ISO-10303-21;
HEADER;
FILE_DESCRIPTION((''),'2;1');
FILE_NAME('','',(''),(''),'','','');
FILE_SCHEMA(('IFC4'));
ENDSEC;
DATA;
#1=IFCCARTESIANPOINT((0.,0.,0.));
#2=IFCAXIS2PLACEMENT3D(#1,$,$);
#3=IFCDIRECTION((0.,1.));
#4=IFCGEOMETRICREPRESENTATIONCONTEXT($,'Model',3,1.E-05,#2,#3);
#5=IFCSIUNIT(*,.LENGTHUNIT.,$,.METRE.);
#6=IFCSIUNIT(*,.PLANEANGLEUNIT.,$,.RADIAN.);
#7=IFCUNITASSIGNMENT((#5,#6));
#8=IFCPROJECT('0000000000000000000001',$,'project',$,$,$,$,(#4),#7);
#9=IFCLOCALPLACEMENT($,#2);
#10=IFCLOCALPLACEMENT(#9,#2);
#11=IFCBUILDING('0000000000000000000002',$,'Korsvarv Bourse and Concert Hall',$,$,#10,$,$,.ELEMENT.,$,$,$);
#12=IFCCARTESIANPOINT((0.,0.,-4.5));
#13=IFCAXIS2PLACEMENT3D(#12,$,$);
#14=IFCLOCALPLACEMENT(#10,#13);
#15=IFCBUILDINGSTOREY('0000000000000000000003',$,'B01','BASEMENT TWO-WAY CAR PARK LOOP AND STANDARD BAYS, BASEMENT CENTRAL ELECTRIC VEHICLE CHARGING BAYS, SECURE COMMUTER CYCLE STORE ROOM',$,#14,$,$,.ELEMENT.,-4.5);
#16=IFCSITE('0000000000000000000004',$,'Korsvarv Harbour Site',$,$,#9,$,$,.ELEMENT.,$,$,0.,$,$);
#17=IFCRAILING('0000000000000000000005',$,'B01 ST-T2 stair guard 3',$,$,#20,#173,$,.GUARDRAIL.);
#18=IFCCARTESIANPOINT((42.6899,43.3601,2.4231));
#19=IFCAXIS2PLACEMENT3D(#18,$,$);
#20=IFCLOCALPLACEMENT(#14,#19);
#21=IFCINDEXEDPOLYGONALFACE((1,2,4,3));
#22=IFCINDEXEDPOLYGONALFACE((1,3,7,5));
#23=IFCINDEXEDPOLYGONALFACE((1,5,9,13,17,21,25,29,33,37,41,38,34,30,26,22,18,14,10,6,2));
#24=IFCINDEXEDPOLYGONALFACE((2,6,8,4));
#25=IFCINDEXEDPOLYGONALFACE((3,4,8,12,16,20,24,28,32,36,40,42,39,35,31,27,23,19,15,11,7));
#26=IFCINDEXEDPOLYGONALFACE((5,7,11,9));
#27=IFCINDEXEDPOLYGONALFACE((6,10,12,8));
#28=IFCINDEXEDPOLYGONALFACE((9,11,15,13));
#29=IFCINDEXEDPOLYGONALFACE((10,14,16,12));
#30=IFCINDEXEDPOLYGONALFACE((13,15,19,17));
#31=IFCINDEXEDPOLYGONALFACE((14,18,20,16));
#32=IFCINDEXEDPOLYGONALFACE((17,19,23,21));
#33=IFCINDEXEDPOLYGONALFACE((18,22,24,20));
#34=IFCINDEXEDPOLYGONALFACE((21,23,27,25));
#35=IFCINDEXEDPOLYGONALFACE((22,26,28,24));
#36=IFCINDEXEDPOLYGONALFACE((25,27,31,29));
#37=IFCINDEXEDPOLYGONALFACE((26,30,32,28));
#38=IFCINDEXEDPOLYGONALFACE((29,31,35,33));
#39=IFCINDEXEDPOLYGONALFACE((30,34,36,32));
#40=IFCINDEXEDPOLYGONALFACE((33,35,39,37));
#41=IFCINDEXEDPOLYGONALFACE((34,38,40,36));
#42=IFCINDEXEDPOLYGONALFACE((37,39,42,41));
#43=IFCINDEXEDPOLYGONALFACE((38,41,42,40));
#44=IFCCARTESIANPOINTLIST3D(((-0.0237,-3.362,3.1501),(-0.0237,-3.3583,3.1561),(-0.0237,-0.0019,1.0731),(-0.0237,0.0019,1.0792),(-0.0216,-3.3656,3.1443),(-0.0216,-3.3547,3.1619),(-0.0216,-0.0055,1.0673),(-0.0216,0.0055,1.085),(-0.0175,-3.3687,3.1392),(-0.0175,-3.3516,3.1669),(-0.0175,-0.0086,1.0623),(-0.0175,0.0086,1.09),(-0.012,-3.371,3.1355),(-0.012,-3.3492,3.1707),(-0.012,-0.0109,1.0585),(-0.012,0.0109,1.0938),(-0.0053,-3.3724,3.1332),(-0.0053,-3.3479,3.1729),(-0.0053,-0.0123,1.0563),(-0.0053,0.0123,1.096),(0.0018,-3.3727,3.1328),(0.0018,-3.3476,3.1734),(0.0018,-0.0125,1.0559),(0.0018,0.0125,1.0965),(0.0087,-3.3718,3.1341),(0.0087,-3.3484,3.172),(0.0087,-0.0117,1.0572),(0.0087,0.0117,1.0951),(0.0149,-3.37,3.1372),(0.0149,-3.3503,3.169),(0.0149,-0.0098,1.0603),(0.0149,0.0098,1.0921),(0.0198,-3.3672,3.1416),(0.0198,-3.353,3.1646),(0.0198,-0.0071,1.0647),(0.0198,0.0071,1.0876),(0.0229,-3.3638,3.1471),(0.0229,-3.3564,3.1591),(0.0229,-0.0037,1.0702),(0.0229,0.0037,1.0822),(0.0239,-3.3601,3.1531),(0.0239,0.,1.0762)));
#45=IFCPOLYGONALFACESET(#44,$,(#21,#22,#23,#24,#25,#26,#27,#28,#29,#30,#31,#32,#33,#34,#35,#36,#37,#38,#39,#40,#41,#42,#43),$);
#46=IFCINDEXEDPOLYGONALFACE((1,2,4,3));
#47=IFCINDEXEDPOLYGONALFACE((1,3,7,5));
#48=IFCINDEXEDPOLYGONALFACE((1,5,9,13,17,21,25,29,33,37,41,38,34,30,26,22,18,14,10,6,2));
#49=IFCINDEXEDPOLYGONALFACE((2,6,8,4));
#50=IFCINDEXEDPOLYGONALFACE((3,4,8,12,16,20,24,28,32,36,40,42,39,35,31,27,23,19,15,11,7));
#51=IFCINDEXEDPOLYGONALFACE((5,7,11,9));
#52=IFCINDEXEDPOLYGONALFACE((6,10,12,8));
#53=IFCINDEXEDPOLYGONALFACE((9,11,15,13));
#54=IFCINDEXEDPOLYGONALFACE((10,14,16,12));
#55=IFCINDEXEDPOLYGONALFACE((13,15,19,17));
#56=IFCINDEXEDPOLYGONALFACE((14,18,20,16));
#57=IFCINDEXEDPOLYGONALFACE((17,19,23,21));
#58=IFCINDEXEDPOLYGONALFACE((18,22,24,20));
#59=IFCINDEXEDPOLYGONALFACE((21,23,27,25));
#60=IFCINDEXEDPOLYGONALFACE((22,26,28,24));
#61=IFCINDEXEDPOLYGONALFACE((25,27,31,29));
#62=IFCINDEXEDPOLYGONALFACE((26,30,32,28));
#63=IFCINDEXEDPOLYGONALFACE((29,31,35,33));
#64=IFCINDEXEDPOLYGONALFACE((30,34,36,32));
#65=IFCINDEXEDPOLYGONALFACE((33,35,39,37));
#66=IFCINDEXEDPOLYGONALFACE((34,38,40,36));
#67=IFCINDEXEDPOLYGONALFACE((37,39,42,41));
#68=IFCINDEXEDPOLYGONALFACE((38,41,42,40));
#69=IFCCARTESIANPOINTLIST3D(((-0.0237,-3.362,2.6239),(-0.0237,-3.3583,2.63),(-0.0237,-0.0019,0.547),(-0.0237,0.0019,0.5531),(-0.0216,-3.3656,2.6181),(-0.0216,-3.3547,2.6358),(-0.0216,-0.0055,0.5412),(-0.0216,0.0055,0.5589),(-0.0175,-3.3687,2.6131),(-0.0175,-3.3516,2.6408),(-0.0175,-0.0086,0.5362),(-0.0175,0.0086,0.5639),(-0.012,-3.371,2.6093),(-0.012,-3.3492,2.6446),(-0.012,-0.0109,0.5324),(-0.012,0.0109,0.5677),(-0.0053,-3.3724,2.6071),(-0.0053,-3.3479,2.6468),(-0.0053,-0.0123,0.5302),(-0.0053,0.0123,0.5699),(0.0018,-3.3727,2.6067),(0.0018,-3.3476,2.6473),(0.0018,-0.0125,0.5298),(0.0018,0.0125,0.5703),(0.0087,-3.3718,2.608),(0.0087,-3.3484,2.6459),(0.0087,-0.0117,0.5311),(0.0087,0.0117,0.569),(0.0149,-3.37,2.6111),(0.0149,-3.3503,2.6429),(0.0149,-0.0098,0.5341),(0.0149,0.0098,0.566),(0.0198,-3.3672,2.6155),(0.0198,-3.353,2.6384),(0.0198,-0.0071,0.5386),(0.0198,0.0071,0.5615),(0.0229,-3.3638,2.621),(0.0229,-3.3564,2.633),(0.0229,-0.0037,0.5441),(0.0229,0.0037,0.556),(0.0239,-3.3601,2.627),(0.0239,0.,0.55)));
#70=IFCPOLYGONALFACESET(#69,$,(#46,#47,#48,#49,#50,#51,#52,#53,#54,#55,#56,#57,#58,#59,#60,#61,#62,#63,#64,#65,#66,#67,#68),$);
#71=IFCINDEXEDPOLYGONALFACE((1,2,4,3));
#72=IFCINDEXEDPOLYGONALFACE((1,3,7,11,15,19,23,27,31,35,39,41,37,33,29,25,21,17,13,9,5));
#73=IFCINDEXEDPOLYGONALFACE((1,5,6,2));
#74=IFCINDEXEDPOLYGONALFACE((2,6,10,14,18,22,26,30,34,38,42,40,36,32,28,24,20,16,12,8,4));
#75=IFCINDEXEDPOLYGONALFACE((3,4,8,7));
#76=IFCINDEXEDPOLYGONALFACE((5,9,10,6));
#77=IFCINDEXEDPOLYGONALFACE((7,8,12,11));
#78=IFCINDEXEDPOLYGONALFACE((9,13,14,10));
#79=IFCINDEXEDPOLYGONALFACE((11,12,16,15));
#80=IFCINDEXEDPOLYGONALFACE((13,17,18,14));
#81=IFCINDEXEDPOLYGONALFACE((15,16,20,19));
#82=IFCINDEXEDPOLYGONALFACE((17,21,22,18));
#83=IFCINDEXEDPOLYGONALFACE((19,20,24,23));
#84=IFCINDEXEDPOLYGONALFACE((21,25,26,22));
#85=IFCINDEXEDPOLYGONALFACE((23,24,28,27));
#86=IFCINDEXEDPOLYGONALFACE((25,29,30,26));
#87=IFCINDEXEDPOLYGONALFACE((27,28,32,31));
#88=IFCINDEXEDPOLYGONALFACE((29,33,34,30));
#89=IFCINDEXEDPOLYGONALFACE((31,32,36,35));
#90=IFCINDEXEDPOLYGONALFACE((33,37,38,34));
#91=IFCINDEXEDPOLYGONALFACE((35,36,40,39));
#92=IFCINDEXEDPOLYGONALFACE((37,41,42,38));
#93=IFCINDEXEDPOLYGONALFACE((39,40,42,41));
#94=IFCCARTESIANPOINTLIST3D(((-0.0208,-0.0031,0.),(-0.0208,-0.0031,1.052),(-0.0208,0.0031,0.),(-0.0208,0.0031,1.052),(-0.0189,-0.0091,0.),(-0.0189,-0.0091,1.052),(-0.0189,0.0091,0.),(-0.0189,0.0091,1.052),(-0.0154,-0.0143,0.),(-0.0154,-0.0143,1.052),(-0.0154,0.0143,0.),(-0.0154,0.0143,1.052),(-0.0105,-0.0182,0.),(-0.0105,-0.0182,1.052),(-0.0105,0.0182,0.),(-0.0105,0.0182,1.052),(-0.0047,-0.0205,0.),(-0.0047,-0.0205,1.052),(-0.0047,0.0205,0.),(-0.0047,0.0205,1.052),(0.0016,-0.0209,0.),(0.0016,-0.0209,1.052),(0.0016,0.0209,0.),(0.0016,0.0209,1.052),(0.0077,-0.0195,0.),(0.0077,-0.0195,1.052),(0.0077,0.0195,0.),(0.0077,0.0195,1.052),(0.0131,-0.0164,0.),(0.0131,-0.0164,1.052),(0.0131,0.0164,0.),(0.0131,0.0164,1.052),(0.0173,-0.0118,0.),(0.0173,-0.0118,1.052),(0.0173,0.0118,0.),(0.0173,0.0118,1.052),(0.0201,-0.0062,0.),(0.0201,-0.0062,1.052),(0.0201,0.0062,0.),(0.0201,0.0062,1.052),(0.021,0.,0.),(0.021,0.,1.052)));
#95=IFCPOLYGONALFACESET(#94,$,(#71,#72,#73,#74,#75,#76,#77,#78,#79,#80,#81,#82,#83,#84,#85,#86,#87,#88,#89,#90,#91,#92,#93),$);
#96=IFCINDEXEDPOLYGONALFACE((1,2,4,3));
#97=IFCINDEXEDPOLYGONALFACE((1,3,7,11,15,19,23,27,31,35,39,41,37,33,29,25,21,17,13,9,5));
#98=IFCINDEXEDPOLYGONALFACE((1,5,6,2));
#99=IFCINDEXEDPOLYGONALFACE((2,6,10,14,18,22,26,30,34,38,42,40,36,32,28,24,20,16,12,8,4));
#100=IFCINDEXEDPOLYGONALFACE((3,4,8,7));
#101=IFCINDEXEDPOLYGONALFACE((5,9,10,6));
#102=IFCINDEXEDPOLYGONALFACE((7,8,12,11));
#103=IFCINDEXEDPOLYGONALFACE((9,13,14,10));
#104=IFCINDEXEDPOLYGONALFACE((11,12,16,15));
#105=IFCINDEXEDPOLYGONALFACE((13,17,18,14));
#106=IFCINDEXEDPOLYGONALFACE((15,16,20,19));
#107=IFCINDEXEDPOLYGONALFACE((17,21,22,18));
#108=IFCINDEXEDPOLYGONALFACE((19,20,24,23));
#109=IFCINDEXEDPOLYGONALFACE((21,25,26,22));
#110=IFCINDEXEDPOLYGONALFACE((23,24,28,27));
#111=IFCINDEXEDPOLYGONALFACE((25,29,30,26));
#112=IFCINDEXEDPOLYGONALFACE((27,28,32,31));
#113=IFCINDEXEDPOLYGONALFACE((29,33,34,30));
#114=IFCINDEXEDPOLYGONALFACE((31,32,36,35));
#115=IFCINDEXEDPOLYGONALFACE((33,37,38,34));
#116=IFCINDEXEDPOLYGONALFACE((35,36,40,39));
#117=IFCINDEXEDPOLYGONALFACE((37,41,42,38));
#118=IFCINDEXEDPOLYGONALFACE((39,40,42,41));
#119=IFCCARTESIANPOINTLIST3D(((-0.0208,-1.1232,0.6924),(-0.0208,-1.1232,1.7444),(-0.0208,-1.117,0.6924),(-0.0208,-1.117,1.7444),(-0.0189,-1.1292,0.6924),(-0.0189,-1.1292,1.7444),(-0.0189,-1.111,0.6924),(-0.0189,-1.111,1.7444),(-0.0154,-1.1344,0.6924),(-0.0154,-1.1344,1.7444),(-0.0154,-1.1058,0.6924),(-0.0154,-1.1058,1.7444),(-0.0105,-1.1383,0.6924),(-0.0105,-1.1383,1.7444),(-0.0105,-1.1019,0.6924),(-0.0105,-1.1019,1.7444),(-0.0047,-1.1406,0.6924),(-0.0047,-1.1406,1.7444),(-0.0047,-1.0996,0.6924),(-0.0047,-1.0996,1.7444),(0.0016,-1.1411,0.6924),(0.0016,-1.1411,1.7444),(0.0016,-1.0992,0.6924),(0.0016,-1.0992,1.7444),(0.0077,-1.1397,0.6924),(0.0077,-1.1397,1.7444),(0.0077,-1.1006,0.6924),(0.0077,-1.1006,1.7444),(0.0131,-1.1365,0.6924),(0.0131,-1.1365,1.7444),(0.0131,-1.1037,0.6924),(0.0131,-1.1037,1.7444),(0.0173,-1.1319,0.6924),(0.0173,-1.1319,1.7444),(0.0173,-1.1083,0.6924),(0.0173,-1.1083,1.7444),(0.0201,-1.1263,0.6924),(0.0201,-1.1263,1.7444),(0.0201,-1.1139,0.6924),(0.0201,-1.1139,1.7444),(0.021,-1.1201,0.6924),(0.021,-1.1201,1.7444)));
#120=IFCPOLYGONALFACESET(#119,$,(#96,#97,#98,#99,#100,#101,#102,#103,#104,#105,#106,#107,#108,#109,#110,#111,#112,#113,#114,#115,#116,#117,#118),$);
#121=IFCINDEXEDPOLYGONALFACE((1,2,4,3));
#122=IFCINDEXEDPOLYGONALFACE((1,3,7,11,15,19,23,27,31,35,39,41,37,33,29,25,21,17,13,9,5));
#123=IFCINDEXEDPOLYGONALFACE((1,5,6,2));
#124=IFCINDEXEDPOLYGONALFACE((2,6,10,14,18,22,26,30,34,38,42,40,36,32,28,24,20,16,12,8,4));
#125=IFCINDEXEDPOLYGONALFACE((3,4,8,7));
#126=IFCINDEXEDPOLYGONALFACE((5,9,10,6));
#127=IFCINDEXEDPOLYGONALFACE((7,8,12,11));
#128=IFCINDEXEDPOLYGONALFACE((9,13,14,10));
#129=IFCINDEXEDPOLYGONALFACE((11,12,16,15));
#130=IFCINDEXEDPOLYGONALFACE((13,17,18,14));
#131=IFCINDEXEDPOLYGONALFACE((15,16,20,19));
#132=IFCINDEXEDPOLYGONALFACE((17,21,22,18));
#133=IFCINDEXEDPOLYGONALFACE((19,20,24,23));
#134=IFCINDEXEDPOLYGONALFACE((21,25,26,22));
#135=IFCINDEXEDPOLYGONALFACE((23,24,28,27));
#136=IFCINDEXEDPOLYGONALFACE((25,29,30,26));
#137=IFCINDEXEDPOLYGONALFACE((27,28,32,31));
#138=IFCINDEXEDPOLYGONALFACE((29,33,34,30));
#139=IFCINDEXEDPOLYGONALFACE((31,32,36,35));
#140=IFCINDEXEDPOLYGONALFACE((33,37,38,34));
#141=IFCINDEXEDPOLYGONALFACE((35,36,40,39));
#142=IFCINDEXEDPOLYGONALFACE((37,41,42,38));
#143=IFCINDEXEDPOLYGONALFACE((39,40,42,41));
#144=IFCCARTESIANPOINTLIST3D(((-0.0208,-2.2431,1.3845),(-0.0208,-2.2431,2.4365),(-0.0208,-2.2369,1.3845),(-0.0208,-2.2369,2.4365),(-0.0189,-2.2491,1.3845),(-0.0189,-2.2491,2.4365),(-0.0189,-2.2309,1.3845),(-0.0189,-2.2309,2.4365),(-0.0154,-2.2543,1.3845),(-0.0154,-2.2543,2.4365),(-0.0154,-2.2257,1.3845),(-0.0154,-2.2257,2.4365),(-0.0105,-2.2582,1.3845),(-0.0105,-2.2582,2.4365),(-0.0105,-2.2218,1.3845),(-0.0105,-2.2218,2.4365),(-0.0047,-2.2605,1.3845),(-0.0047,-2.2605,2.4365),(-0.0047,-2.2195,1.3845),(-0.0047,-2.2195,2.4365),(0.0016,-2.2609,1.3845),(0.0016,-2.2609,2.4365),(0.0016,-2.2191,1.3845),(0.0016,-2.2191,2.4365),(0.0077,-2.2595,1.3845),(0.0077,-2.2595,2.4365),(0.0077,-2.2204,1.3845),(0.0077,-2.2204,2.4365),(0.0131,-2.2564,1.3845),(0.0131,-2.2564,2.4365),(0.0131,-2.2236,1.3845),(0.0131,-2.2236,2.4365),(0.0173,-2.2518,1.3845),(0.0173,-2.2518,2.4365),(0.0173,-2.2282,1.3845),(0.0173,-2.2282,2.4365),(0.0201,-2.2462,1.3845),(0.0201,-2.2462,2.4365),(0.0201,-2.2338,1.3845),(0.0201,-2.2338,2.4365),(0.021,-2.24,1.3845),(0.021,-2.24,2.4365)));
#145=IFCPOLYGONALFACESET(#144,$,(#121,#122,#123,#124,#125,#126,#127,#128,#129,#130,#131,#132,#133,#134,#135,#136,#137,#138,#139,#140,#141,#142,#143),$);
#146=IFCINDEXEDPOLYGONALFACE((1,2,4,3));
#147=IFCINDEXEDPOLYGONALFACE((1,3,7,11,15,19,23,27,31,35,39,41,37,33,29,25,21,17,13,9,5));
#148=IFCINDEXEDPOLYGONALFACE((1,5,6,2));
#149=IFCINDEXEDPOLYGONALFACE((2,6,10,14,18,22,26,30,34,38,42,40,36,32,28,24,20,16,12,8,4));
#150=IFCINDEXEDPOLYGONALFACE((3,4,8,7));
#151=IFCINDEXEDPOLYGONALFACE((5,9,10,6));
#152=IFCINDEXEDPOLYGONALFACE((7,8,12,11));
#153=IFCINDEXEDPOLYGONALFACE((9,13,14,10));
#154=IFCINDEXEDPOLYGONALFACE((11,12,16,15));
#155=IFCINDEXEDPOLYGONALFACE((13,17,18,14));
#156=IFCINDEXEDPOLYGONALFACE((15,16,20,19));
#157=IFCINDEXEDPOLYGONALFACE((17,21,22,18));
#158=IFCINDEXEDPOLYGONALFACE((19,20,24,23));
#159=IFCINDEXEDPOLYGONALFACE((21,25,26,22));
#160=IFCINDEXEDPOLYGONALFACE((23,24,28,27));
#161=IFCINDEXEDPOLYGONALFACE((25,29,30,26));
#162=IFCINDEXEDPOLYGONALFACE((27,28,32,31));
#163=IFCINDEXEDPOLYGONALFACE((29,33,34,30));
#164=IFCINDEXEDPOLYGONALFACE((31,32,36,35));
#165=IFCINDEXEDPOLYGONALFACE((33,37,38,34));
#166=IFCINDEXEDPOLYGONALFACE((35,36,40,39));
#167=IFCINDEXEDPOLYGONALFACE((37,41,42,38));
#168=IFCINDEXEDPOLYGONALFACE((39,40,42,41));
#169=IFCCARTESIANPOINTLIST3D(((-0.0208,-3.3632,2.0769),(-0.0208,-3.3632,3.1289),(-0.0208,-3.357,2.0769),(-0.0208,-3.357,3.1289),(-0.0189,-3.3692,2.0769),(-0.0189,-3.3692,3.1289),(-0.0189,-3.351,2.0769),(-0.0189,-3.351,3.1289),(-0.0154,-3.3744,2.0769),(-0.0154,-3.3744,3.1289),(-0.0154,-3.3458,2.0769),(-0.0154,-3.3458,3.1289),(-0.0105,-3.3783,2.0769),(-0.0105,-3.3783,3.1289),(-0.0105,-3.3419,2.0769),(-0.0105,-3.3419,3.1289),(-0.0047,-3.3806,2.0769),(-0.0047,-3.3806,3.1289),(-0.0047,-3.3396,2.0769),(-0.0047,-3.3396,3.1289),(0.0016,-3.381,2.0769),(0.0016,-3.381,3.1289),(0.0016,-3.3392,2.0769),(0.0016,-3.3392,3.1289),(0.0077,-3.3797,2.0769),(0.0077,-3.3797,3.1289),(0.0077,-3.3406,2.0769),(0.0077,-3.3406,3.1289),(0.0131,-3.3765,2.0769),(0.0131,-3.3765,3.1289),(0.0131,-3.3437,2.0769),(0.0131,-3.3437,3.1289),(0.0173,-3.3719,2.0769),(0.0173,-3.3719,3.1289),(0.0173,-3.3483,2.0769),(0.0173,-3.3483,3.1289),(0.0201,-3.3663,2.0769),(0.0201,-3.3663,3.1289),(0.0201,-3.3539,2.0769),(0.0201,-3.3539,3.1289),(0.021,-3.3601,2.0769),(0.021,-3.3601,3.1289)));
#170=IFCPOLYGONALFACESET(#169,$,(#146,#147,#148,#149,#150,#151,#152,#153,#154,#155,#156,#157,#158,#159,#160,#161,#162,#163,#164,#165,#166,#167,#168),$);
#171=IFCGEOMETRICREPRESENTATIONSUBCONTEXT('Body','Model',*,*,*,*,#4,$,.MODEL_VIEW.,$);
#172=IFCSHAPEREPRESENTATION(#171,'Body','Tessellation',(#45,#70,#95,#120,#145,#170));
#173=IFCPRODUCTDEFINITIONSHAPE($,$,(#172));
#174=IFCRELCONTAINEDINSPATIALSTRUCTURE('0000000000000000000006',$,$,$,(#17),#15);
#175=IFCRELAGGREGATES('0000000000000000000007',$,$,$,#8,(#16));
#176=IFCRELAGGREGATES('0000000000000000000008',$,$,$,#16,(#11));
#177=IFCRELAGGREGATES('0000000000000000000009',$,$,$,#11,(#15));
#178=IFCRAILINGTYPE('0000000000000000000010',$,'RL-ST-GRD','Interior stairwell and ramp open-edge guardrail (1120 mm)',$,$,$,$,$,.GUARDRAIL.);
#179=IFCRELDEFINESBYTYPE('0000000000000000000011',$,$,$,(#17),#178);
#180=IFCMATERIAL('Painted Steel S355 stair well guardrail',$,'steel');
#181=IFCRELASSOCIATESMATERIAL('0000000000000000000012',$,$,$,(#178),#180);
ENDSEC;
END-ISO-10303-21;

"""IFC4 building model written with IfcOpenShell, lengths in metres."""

from ifc_helpers import new_model, si_unit, direction, frame, origin, origin_2d, place, context, subcontext, project, spatial, circle, extrude, material, type_object, element, save


model = new_model("IFC4")

# Units and contexts
model_context = context("Model", 3, precision=1e-05, world=origin(), true_north=direction((0.0, 1.0)))
body_context = subcontext(model_context, "Body", "Model", "MODEL_VIEW")
ifc_project = project(units=[si_unit("LENGTHUNIT", "METRE"), si_unit("PLANEANGLEUNIT", "RADIAN")], contexts=[model_context])

# Site, building, storey
site_placement = place(None, origin())
site = spatial("IfcSite", under=ifc_project, at=site_placement, Name="Korsvarv Harbour Site", CompositionType="ELEMENT", RefElevation=0.0)
building_placement = place(site_placement, origin())
building = spatial("IfcBuilding", under=site, at=building_placement, Name="Korsvarv Bourse and Concert Hall", CompositionType="ELEMENT")
storey_placement = place(building_placement, frame((0.0, 0.0, -4.5)))
storey = spatial("IfcBuildingStorey", under=building, at=storey_placement, Name="B01", Description="BASEMENT TWO-WAY CAR PARK LOOP AND STANDARD BAYS, BASEMENT CENTRAL ELECTRIC VEHICLE CHARGING BAYS, SECURE COMMUTER CYCLE STORE ROOM", CompositionType="ELEMENT", Elevation=-4.5)

# Railing
ifc_material_1 = material(Name="Painted Steel S355 stair well guardrail", Category="steel")
railing_type_1 = type_object("IfcRailingType", Name="RL-ST-GRD", Description="Interior stairwell and ramp open-edge guardrail (1120 mm)", PredefinedType="GUARDRAIL", material=ifc_material_1)
railing_1_placement = place(storey_placement, frame((42.6899, 43.3601, 2.4231)))
element("IfcRailing", 1, at=railing_1_placement, inside=storey, type_object=railing_type_1, Name="B01 ST-T2 stair guard 3", PredefinedType="GUARDRAIL", context=body_context, shape_type="SweptSolid", body=[
    extrude(circle(Radius=0.0239, at=origin_2d()), frame((0.0, 0.0, 1.0762), z_axis=(0.0, -0.850623, 0.525776), x_axis=(1.0, 0.0, 0.0)), (0.0, 0.0, 1.0), 3.9502),
    extrude(circle(Radius=0.0239, at=origin_2d()), frame((0.0, 0.0, 0.55), z_axis=(0.0, -0.850623, 0.525776), x_axis=(1.0, 0.0, 0.0)), (0.0, 0.0, 1.0), 3.9502),
    extrude(circle(Radius=0.021, at=origin_2d()), origin(), (0.0, 0.0, 1.0), 1.052),
    extrude(circle(Radius=0.021, at=origin_2d()), frame((0.0, -1.1201, 0.6924)), (0.0, 0.0, 1.0), 1.052),
    extrude(circle(Radius=0.021, at=origin_2d()), frame((0.0, -2.24, 1.3845)), (0.0, 0.0, 1.0), 1.052),
    extrude(circle(Radius=0.021, at=origin_2d()), frame((0.0, -3.3601, 2.0769)), (0.0, 0.0, 1.0), 1.052),
])

save(model, "model.ifc")
